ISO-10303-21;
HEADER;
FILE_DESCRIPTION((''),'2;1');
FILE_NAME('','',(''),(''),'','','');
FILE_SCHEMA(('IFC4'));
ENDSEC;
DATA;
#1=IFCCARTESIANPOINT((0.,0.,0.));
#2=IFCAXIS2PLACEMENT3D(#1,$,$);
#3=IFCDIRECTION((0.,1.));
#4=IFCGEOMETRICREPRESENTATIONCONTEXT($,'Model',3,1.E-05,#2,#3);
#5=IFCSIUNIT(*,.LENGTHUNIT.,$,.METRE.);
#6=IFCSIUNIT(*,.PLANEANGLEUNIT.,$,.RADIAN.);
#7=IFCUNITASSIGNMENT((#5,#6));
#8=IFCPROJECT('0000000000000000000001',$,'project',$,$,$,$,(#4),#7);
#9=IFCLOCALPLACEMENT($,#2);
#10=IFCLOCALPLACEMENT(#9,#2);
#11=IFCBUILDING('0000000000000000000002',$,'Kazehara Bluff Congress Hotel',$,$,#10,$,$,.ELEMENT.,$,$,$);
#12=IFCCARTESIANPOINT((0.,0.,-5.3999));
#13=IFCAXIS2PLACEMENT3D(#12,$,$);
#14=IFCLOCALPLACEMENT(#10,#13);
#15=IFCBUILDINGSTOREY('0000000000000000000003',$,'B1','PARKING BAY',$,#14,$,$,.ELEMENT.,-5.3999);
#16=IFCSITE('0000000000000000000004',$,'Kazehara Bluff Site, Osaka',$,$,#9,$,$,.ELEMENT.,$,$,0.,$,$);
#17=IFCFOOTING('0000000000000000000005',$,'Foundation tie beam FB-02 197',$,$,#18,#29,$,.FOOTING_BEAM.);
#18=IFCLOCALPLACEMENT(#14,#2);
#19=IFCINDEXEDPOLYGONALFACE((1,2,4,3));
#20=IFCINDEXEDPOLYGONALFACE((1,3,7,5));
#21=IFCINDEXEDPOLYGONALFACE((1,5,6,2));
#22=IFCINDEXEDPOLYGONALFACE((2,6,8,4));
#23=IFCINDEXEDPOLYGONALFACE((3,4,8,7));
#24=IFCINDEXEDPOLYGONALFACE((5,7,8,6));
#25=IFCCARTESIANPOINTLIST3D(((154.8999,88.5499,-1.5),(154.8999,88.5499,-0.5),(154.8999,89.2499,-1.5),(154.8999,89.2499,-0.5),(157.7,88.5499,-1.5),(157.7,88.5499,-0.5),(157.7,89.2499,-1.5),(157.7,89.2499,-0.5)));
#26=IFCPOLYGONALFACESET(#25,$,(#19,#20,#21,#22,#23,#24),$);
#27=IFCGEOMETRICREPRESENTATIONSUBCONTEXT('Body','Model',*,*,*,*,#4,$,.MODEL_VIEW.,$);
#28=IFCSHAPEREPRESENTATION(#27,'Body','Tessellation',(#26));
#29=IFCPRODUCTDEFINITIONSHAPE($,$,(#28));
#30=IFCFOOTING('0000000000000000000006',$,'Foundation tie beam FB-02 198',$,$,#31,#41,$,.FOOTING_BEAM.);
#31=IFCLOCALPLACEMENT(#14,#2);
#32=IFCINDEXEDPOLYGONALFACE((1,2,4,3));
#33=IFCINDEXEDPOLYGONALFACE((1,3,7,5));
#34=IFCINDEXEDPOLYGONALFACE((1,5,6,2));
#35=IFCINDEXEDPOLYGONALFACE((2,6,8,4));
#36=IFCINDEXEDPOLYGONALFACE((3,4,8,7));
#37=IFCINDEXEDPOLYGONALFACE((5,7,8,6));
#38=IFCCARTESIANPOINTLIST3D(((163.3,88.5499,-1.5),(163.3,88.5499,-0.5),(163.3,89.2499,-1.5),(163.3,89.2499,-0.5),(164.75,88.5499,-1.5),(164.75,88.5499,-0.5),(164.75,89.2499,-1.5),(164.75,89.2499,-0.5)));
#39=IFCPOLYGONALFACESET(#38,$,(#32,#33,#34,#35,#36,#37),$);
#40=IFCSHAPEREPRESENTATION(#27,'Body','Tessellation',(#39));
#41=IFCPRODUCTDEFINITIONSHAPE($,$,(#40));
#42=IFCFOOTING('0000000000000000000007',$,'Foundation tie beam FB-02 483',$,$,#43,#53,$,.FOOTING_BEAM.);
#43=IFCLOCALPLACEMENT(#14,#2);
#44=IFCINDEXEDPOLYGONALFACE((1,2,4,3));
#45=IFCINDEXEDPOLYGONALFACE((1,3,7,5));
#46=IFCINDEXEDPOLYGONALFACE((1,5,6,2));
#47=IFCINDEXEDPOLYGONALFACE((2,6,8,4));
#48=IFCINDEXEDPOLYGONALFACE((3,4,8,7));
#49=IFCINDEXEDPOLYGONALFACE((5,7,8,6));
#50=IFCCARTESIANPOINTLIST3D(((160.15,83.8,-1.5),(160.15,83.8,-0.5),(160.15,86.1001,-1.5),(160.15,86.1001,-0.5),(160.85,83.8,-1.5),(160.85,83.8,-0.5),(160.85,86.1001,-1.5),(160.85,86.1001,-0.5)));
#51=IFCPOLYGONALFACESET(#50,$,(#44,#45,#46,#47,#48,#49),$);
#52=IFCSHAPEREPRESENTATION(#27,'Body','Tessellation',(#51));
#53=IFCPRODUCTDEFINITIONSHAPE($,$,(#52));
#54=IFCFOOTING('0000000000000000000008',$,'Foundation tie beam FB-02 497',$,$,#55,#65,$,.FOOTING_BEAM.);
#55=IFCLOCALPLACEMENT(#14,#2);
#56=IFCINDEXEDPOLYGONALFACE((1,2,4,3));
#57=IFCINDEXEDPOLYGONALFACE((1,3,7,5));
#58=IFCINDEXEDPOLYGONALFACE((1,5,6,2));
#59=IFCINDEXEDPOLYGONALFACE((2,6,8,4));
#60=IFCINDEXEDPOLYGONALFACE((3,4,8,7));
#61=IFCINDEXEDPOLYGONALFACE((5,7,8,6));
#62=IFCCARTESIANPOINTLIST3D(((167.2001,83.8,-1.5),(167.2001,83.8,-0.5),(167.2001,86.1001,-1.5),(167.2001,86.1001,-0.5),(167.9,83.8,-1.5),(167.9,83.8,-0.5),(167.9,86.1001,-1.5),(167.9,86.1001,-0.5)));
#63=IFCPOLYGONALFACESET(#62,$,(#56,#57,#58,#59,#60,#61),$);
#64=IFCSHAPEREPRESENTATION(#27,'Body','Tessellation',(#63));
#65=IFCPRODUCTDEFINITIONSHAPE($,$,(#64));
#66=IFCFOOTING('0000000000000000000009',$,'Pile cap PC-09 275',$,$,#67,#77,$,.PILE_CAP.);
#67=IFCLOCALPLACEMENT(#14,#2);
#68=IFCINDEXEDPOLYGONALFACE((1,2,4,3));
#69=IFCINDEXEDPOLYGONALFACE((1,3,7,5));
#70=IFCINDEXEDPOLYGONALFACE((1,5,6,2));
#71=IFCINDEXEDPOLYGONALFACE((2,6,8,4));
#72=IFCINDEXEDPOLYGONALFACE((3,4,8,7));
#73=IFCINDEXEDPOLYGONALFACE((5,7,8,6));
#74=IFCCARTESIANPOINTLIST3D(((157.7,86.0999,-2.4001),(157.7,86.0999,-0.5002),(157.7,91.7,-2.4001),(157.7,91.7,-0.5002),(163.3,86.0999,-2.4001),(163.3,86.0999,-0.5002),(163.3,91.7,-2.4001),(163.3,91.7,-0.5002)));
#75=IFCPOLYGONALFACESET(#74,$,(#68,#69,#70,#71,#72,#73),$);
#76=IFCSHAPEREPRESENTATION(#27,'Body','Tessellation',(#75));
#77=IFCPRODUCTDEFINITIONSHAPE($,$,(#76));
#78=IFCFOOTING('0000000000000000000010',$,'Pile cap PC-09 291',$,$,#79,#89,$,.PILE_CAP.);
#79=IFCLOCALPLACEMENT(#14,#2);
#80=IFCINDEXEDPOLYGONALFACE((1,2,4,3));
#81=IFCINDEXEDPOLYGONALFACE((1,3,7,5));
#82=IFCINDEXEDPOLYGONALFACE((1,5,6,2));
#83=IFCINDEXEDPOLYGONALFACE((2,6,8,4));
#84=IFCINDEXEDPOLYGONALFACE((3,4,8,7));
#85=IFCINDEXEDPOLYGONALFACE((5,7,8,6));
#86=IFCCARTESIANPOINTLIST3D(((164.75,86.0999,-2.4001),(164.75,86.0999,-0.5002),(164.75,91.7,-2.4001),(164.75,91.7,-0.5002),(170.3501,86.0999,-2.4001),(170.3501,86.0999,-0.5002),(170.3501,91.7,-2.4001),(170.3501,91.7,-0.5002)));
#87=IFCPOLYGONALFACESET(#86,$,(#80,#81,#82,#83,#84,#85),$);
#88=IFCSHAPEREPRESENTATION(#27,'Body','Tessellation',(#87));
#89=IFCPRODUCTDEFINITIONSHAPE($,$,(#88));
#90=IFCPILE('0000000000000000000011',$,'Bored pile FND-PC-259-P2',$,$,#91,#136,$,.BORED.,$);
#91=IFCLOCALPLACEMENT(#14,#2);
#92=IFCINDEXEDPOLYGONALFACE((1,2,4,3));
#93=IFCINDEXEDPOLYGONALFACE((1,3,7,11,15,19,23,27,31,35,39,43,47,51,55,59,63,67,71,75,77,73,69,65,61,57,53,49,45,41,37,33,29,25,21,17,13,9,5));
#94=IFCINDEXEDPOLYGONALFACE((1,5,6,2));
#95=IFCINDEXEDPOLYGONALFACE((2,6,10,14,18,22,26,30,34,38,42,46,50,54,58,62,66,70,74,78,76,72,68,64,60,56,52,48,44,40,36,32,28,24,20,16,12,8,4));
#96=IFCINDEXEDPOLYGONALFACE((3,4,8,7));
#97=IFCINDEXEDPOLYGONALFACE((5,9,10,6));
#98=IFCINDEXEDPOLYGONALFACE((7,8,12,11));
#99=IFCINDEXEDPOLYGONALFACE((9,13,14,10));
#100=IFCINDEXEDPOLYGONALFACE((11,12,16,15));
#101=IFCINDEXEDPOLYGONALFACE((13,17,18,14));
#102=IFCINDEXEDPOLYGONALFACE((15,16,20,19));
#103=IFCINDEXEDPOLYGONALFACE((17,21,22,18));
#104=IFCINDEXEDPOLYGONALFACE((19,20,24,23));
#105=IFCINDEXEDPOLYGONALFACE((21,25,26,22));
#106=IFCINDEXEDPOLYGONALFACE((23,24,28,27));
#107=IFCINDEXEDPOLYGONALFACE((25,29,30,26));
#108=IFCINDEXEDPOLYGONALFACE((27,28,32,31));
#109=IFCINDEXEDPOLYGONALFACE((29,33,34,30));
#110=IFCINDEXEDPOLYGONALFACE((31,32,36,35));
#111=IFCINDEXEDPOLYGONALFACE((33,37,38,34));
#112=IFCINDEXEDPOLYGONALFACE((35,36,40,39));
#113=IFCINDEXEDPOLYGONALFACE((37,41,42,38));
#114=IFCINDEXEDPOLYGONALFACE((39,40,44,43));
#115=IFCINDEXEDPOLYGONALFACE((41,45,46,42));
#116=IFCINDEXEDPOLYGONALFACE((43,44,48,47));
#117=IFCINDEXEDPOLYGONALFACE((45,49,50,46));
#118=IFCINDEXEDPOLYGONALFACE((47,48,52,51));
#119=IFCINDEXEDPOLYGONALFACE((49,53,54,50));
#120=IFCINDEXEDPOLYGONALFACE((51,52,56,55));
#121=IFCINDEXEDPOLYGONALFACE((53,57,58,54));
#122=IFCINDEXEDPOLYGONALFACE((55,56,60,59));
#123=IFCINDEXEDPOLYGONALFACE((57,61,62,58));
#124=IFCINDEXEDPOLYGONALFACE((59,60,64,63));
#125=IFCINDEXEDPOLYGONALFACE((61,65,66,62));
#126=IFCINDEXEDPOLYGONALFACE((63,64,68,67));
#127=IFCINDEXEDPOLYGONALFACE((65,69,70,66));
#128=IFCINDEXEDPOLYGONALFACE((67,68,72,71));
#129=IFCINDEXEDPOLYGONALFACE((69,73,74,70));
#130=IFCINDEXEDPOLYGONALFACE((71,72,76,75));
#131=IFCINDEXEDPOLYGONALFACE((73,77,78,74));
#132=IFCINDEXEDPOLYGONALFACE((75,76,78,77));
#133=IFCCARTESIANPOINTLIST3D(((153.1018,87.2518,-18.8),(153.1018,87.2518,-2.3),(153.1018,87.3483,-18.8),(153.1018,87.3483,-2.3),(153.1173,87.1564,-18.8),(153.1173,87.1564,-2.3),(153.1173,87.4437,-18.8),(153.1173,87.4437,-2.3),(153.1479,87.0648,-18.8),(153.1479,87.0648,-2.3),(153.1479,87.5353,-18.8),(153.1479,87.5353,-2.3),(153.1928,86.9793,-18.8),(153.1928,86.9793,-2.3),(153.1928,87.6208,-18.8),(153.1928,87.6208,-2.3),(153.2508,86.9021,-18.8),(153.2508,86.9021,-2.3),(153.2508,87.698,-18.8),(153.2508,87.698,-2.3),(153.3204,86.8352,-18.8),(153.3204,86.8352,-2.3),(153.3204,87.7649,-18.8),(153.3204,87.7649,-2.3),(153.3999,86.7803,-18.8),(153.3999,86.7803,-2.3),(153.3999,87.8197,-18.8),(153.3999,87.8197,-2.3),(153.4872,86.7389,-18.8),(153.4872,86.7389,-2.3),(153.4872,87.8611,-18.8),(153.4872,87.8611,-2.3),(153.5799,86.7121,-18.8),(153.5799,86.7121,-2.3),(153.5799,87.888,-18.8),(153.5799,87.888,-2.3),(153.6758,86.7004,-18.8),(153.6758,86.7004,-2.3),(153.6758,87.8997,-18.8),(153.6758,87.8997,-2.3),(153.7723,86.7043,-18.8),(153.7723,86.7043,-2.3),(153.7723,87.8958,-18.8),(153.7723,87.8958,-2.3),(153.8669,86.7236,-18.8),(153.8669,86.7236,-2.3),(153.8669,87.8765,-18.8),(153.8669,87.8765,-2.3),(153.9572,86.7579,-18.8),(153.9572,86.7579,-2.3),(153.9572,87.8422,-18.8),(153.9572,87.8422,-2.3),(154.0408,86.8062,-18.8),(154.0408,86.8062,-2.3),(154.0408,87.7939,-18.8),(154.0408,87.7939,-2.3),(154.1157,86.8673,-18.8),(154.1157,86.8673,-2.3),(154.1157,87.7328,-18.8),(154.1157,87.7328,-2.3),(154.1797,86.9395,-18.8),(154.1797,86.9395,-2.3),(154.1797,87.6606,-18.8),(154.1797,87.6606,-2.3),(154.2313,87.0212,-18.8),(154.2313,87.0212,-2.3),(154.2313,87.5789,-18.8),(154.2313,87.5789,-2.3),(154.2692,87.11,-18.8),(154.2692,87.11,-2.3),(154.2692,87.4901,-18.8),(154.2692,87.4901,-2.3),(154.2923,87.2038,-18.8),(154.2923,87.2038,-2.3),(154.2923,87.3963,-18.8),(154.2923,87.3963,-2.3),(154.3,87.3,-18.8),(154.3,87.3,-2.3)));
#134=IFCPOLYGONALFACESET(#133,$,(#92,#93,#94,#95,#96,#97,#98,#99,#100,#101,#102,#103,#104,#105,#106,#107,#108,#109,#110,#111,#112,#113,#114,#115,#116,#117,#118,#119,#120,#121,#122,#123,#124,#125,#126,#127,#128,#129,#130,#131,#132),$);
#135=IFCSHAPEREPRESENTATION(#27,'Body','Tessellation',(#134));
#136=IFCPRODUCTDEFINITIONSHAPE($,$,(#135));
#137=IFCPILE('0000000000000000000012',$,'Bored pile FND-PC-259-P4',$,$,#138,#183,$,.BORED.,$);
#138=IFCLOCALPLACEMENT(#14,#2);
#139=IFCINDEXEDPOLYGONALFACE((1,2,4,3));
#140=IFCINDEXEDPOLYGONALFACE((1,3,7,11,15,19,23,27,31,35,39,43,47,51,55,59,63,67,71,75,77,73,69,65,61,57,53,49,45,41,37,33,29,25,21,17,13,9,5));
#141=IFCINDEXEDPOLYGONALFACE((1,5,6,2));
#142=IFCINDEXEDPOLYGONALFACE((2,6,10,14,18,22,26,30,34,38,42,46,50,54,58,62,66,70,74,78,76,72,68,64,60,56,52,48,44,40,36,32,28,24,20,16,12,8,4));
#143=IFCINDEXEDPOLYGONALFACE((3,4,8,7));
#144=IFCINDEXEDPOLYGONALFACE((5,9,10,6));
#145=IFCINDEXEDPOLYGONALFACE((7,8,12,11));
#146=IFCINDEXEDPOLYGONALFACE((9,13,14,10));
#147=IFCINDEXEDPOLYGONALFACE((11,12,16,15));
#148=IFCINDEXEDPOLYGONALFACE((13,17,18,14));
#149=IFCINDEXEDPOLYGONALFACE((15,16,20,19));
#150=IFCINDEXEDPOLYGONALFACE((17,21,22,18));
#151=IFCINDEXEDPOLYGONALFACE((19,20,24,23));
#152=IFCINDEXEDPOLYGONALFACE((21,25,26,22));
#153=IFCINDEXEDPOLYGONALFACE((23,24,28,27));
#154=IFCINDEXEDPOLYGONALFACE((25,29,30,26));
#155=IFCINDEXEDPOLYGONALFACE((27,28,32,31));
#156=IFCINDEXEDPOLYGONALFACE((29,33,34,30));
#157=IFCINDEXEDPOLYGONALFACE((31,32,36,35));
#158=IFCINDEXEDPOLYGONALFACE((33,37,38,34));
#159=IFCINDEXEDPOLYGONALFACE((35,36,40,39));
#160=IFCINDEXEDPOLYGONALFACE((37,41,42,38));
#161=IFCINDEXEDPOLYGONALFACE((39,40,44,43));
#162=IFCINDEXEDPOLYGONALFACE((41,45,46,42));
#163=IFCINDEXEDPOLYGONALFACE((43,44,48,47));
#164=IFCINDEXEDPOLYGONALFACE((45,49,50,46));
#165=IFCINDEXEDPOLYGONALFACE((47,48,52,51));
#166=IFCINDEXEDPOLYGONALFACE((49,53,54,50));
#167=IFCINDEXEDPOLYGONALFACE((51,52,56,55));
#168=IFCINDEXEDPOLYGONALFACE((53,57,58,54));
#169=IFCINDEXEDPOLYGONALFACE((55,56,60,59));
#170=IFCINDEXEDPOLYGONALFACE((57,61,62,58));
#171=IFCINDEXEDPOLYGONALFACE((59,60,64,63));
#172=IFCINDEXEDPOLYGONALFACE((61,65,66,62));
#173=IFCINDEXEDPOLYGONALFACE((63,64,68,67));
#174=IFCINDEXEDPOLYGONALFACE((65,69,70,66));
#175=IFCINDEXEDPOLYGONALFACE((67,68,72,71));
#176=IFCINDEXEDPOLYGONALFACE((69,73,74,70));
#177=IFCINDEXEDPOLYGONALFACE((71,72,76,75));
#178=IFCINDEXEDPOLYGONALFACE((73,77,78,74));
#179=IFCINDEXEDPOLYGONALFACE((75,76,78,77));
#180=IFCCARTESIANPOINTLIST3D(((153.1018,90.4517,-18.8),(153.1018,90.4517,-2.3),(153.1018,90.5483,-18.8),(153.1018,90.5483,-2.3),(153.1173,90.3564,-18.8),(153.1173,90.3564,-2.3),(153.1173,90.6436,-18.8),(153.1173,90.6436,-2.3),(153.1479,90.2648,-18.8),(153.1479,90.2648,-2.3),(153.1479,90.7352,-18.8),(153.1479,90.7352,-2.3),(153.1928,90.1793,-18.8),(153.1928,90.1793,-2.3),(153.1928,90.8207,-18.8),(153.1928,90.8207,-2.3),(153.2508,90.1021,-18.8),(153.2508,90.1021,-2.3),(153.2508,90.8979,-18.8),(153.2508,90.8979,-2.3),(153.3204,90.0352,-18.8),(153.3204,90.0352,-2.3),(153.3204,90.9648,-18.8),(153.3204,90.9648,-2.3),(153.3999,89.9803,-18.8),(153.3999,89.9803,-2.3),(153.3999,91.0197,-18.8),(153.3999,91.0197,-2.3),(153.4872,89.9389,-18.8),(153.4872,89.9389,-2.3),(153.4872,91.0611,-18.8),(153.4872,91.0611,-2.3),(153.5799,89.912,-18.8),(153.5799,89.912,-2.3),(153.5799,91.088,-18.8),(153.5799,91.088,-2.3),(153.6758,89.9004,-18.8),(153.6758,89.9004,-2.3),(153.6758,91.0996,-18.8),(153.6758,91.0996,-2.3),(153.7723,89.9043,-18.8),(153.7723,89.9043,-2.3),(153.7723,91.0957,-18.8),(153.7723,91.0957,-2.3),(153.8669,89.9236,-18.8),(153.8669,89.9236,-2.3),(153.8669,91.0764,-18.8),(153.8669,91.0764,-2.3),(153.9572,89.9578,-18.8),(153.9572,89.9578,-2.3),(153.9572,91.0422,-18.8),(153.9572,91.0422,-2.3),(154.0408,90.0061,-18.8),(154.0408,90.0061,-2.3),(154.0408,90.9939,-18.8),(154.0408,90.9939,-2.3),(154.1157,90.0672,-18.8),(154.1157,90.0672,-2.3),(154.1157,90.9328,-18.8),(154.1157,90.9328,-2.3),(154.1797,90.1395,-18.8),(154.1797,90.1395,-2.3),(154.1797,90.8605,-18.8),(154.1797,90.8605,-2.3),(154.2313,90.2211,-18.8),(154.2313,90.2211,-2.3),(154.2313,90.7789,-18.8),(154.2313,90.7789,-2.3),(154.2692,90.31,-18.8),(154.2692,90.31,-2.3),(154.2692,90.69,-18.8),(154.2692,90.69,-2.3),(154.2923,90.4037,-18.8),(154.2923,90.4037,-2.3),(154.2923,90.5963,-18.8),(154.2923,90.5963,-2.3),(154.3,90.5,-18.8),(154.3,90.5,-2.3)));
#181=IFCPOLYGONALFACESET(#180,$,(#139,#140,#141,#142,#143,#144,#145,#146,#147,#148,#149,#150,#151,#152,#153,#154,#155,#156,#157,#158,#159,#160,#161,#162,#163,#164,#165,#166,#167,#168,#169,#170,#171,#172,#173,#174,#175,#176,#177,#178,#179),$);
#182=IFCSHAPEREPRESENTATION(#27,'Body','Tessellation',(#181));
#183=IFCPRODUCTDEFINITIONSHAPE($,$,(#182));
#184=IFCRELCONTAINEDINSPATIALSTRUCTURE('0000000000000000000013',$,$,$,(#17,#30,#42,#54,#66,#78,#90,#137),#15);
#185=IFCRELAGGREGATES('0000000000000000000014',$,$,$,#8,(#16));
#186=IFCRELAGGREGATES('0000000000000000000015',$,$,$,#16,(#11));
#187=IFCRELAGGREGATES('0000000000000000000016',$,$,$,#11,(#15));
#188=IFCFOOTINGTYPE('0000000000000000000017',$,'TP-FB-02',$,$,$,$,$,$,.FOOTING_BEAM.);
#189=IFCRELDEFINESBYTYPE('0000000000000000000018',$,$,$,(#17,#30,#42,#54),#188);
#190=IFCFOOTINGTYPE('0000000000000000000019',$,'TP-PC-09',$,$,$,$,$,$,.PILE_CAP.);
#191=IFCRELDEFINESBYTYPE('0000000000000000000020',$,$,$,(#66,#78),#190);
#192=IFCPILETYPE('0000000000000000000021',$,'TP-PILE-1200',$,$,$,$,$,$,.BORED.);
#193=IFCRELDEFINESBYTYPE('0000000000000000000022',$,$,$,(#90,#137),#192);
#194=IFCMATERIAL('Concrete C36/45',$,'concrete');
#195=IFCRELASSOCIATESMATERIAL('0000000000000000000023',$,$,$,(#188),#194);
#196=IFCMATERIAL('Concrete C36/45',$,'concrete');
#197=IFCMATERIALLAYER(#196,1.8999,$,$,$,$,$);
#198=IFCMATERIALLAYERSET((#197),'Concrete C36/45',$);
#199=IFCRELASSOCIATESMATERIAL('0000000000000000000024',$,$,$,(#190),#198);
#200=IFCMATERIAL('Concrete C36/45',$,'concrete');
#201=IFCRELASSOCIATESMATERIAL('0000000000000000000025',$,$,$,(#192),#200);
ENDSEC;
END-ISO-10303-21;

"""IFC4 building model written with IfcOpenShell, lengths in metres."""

from ifc_helpers import new_model, si_unit, direction, frame, origin, origin_2d, place, context, subcontext, project, spatial, rectangle, circle, extrude, material, layer, layer_set, material_profile, profile_set, type_object, element, save


model = new_model("IFC4")

# Units and contexts
model_context = context("Model", 3, precision=1e-05, world=origin(), true_north=direction((0.0, 1.0)))
body_context = subcontext(model_context, "Body", "Model", "MODEL_VIEW")
ifc_project = project(units=[si_unit("LENGTHUNIT", "METRE"), si_unit("PLANEANGLEUNIT", "RADIAN")], contexts=[model_context])

# Site, building, storey
site_placement = place(None, origin())
site = spatial("IfcSite", under=ifc_project, at=site_placement, Name="Kazehara Bluff Site, Osaka", CompositionType="ELEMENT", RefElevation=0.0)
building_placement = place(site_placement, origin())
building = spatial("IfcBuilding", under=site, at=building_placement, Name="Kazehara Bluff Congress Hotel", CompositionType="ELEMENT")
storey_placement = place(building_placement, frame((0.0, 0.0, -5.3999)))
storey = spatial("IfcBuildingStorey", under=building, at=storey_placement, Name="B1", Description="PARKING BAY", CompositionType="ELEMENT", Elevation=-5.3999)

# Footings
ifc_material_1 = material(Name="Concrete C36/45", Category="concrete")
ifc_material_profile_1 = material_profile(ifc_material_1, rectangle(XDim=0.7, YDim=1.0, at=origin_2d()))
ifc_profile_set_1 = profile_set([ifc_material_profile_1], Name="Concrete C36/45")
footing_type_1 = type_object("IfcFootingType", Name="TP-FB-02", PredefinedType="FOOTING_BEAM", material=ifc_profile_set_1)
footing_1_placement = place(storey_placement, frame((154.8999, 88.8999, -1.0), z_axis=(1.0, 0.0, 0.0), x_axis=(0.0, 1.0, 0.0)))
element("IfcFooting", 1, at=footing_1_placement, inside=storey, type_object=footing_type_1, Name="Foundation tie beam FB-02 197", PredefinedType="FOOTING_BEAM", context=body_context, shape_type="SweptSolid", body=[
    extrude(rectangle(XDim=0.7, YDim=1.0, at=origin_2d()), origin(), (0.0, 0.0, 1.0), 2.8),
])
footing_2_placement = place(storey_placement, frame((163.3, 88.8999, -1.0), z_axis=(1.0, 0.0, 0.0), x_axis=(0.0, 1.0, 0.0)))
element("IfcFooting", 2, at=footing_2_placement, inside=storey, type_object=footing_type_1, Name="Foundation tie beam FB-02 198", PredefinedType="FOOTING_BEAM", context=body_context, shape_type="SweptSolid", body=[
    extrude(rectangle(XDim=0.7, YDim=1.0, at=origin_2d()), origin(), (0.0, 0.0, 1.0), 1.45),
])
for number, where, z_axis, x_axis, name in (
    (3, (160.5, 83.8, -1.0), (0.0, 1.0, 0.0), (-1.0, 0.0, 0.0), "Foundation tie beam FB-02 483"),
    (4, (167.55, 83.8, -1.0), (0.0, 1.0, 0.0), (-1.0, 0.0, 0.0), "Foundation tie beam FB-02 497"),
):
    element("IfcFooting", number, at=place(storey_placement, frame(where, z_axis=z_axis, x_axis=x_axis)), inside=storey, type_object=footing_type_1, Name=name, PredefinedType="FOOTING_BEAM", context=body_context, shape_type="SweptSolid", body=[
        extrude(rectangle(XDim=0.7, YDim=1.0, at=origin_2d()), origin(), (0.0, 0.0, 1.0), 2.3),
    ])
ifc_material_2 = material(Name="Concrete C36/45", Category="concrete")
ifc_layer = layer(ifc_material_2, 1.8999)
ifc_layer_set = layer_set([ifc_layer], Name="Concrete C36/45")
footing_type_2 = type_object("IfcFootingType", Name="TP-PC-09", PredefinedType="PILE_CAP", material=ifc_layer_set)
for number, where, z_axis, x_axis, name in (
    (5, (160.5, 88.8999, -2.4001), (0.0, 0.0, 1.0), (1.0, 0.0, 0.0), "Pile cap PC-09 275"),
    (6, (167.55, 88.8999, -2.4001), (0.0, 0.0, 1.0), (1.0, 0.0, 0.0), "Pile cap PC-09 291"),
):
    element("IfcFooting", number, at=place(storey_placement, frame(where, z_axis=z_axis, x_axis=x_axis)), inside=storey, type_object=footing_type_2, Name=name, PredefinedType="PILE_CAP", context=body_context, shape_type="SweptSolid", body=[
        extrude(rectangle(XDim=5.6001, YDim=5.6001, at=origin_2d()), origin(), (0.0, 0.0, 1.0), 1.8999),
    ])

# Piles
ifc_material_3 = material(Name="Concrete C36/45", Category="concrete")
ifc_material_profile_2 = material_profile(ifc_material_3, circle(Radius=0.6001, at=origin_2d()))
ifc_profile_set_2 = profile_set([ifc_material_profile_2], Name="Concrete C36/45")
pile_type_1 = type_object("IfcPileType", Name="TP-PILE-1200", PredefinedType="BORED", material=ifc_profile_set_2)
for number, where, z_axis, x_axis, name in (
    (7, (153.7, 87.3, -2.3), (0.0, 0.0, -1.0), (1.0, 0.0, 0.0), "Bored pile FND-PC-259-P2"),
    (8, (153.7, 90.5, -2.3), (0.0, 0.0, -1.0), (1.0, 0.0, 0.0), "Bored pile FND-PC-259-P4"),
):
    element("IfcPile", number, at=place(storey_placement, frame(where, z_axis=z_axis, x_axis=x_axis)), inside=storey, type_object=pile_type_1, Name=name, PredefinedType="BORED", context=body_context, shape_type="SweptSolid", body=[
        extrude(circle(Radius=0.6001, at=origin_2d()), origin(), (0.0, 0.0, 1.0), 16.5),
    ])

save(model, "model.ifc")
